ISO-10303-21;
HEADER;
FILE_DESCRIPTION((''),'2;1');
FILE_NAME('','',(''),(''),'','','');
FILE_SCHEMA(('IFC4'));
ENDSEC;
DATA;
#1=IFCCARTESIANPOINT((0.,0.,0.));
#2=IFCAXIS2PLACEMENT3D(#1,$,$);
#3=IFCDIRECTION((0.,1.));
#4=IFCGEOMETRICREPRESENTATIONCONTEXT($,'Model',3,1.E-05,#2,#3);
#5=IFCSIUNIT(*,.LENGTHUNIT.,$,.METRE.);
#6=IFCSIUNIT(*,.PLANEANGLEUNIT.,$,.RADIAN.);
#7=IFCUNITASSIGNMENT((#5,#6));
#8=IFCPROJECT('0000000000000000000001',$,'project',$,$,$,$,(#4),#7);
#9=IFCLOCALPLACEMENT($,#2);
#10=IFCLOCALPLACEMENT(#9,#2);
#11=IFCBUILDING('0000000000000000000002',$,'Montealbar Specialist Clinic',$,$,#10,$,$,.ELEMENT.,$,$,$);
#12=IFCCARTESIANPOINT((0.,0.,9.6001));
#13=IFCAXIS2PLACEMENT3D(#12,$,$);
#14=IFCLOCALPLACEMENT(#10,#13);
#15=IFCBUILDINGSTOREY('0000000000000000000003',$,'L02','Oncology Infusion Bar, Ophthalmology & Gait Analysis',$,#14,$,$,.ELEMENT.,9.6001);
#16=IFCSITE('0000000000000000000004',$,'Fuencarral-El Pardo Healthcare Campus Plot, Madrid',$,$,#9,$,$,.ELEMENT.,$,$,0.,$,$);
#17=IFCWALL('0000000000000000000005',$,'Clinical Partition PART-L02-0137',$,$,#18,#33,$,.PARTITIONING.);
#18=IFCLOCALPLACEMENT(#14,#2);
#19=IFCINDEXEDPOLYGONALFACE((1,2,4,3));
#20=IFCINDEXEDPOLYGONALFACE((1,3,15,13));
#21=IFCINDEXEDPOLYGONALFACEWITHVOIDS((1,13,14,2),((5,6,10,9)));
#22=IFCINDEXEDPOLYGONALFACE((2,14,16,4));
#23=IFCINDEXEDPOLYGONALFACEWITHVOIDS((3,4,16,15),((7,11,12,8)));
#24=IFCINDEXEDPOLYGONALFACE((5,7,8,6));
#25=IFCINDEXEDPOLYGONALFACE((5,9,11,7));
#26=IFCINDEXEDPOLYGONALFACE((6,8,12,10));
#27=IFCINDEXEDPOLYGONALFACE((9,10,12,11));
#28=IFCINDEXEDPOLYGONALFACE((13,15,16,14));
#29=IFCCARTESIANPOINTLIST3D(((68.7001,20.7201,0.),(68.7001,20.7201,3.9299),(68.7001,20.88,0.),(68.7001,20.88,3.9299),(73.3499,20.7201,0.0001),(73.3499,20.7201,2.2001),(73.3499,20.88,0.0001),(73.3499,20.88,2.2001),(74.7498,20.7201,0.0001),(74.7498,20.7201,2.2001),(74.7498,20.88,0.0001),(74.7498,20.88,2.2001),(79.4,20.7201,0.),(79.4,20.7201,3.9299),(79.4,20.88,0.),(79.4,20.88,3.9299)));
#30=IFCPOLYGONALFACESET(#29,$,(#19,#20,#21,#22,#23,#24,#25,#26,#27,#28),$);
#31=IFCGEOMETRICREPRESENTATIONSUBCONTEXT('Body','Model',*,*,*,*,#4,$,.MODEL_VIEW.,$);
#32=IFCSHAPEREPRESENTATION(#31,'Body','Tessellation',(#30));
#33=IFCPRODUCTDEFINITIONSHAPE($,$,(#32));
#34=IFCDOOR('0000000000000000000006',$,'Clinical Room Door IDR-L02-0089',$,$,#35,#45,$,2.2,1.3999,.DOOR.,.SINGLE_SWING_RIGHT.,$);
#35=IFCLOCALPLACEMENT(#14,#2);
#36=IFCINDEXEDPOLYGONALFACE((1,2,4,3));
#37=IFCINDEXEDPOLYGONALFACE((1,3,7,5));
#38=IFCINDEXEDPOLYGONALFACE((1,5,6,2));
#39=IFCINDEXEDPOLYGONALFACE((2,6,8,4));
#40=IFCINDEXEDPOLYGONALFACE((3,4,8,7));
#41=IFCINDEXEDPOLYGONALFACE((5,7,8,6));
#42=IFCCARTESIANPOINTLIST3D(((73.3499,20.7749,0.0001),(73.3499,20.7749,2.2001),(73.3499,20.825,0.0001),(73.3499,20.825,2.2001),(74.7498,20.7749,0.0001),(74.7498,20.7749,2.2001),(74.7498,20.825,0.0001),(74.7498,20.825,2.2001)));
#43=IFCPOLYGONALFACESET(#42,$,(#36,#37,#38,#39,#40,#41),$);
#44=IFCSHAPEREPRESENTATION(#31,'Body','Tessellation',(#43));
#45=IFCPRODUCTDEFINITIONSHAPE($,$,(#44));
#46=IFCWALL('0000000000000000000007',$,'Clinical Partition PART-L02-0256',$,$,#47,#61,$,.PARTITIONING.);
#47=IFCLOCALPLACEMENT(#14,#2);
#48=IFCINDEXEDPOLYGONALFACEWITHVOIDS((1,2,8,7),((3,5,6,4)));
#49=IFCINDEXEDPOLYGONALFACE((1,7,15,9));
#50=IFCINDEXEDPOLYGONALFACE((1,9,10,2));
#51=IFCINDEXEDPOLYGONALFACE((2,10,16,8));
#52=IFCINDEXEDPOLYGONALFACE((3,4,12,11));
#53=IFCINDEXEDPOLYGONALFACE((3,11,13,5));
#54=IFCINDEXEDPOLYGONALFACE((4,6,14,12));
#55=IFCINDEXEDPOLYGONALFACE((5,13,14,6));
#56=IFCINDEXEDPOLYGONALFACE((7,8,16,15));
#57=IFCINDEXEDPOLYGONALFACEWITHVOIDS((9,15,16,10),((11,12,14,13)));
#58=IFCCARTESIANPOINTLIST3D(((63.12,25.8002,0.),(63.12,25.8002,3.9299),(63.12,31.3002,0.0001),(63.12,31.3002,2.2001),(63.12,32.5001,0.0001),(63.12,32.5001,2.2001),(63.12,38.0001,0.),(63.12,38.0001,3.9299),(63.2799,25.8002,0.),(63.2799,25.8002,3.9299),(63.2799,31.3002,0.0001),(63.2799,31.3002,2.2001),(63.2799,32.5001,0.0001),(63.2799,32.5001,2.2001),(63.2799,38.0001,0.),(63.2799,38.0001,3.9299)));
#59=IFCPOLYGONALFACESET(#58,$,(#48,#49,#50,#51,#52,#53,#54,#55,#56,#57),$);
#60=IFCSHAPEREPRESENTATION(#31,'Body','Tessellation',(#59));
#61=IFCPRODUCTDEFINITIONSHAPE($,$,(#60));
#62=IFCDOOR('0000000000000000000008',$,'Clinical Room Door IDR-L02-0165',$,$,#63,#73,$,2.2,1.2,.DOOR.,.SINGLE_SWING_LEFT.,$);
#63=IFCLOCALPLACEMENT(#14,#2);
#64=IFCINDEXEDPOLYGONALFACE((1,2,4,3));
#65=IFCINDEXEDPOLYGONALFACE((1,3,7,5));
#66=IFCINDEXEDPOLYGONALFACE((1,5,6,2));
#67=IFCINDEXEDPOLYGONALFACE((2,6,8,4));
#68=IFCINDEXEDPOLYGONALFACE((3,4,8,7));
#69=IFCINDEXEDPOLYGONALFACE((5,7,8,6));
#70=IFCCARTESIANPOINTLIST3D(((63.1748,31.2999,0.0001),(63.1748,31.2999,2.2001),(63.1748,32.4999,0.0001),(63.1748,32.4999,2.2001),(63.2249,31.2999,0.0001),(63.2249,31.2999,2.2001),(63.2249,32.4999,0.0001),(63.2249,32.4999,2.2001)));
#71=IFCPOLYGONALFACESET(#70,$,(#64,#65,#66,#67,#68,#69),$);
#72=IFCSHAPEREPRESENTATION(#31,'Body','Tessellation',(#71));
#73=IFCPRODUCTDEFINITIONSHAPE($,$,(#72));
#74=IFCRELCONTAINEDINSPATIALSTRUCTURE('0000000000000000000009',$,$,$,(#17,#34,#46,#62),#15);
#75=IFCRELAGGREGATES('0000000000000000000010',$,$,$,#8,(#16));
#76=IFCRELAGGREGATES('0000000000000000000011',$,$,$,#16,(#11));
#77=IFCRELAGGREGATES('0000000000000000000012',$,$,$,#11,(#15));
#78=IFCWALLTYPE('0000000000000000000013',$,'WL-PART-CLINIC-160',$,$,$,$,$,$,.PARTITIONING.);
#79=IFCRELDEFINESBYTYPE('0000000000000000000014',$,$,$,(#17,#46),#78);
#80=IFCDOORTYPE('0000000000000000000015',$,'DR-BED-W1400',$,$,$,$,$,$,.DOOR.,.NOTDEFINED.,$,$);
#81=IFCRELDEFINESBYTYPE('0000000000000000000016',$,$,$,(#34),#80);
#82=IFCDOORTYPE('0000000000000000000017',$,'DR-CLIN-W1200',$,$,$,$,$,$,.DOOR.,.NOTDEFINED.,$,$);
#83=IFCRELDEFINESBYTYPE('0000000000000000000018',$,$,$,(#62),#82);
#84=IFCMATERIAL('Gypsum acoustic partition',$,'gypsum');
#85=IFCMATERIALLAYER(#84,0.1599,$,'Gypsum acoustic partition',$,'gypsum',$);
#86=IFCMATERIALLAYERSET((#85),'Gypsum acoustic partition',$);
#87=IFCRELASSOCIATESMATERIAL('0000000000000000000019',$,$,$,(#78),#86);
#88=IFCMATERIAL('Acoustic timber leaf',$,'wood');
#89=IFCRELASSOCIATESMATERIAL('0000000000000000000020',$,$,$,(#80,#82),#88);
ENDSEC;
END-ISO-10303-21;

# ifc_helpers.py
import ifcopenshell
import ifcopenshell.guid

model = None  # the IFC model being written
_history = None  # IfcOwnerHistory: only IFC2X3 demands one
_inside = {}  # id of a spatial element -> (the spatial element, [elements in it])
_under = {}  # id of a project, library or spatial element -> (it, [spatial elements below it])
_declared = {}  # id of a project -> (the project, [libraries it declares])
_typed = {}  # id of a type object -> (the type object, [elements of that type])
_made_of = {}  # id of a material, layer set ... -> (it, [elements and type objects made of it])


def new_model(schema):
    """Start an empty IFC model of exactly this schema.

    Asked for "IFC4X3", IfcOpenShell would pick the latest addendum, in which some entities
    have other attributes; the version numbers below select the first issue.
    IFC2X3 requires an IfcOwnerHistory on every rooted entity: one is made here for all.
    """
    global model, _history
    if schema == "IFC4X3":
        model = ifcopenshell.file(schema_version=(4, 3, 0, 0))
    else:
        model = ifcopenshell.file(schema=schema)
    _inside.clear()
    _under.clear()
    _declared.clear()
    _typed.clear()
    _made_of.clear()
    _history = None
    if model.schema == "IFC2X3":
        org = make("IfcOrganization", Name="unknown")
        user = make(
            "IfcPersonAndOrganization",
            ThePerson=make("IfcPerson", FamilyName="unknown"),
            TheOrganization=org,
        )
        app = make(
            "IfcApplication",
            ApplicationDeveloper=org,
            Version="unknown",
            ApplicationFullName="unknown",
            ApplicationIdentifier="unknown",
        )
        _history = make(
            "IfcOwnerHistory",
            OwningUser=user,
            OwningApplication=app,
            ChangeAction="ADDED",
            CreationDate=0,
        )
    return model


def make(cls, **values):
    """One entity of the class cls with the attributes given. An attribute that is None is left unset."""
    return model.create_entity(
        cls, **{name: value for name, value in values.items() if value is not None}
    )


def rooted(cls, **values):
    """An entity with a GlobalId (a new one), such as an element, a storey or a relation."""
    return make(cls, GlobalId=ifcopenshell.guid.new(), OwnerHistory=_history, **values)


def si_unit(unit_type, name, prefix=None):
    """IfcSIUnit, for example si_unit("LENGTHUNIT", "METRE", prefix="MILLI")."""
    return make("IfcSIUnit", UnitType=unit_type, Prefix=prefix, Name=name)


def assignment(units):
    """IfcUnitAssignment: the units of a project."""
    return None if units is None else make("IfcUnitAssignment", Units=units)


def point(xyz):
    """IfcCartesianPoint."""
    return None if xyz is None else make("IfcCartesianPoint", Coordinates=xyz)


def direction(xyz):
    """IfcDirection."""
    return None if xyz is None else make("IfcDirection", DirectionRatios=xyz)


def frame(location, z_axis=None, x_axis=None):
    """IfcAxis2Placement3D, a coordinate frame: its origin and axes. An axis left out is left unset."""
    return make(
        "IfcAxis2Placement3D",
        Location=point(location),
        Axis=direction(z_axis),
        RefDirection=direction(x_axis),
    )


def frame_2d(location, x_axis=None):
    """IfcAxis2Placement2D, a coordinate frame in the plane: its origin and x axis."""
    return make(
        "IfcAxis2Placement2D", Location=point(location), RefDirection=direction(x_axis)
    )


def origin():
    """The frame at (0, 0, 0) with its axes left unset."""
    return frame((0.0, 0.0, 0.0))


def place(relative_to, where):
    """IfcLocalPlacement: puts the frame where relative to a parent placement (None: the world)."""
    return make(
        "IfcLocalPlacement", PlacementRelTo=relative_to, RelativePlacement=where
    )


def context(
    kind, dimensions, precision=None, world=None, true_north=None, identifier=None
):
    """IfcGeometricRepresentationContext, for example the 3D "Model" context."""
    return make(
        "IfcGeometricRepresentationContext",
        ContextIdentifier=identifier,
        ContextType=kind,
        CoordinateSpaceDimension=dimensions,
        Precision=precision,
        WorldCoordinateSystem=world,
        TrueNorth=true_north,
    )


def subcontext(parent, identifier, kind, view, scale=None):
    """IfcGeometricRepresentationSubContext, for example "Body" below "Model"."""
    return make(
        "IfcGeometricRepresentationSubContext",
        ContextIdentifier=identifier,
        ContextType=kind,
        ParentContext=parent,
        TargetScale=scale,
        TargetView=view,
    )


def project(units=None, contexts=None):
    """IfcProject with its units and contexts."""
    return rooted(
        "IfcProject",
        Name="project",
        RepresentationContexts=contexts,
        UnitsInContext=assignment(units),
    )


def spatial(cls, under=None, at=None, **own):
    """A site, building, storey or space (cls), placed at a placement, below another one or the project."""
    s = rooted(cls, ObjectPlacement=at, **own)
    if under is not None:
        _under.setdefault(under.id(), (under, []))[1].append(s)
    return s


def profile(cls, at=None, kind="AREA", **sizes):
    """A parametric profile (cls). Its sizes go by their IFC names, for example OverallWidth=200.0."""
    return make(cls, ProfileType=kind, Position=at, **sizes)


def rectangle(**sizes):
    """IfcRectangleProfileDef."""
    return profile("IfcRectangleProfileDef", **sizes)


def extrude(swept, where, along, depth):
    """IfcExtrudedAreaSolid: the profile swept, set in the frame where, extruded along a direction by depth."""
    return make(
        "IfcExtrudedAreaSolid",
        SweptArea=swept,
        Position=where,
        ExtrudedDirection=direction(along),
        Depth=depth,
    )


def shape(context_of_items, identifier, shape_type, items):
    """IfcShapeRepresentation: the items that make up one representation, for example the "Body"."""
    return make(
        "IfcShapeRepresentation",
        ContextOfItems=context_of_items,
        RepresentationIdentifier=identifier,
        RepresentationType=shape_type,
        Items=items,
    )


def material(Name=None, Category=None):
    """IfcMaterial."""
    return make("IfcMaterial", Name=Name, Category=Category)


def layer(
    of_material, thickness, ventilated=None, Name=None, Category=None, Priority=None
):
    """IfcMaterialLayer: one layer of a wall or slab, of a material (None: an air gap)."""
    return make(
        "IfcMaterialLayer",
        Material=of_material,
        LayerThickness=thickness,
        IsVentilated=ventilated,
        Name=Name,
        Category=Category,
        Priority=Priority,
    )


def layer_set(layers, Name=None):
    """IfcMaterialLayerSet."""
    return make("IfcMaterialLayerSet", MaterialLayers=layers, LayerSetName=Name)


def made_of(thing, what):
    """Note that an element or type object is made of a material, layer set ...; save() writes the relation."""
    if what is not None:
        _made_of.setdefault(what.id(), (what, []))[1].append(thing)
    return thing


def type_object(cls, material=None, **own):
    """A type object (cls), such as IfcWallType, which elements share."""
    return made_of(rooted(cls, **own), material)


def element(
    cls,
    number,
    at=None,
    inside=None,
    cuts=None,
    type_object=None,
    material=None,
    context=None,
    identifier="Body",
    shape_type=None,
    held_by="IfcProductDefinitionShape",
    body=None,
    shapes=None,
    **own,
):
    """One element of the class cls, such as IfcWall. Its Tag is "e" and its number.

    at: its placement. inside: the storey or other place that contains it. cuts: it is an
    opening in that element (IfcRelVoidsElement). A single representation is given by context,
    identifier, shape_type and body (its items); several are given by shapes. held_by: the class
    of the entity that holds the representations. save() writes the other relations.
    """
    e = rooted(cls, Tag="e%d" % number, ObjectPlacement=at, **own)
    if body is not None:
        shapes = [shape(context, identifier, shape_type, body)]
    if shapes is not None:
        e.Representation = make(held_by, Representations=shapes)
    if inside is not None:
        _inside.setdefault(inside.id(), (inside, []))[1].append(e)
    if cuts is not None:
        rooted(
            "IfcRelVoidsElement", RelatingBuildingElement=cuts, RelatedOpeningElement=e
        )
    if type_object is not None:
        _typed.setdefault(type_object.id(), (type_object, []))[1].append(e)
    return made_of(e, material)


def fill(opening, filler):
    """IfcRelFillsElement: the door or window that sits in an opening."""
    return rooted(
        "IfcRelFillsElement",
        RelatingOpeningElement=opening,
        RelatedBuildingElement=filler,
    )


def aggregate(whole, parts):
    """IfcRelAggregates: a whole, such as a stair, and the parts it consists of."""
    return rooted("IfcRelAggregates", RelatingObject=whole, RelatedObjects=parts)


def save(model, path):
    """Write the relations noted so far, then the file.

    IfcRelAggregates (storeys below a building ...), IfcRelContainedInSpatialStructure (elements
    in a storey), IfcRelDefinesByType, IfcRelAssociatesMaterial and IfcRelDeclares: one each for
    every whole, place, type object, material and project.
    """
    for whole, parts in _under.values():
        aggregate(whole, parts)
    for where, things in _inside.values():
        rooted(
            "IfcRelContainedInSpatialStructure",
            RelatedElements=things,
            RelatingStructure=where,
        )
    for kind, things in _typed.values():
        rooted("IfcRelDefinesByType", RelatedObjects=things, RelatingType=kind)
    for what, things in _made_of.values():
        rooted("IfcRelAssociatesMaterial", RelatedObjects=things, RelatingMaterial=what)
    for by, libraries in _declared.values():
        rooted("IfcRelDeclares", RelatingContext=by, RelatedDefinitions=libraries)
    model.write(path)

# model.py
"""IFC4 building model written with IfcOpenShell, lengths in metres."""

from ifc_helpers import new_model, si_unit, direction, frame, frame_2d, origin, place, context, subcontext, project, spatial, rectangle, extrude, material, layer, layer_set, type_object, element, fill, save


model = new_model("IFC4")

# Units and contexts
model_context = context("Model", 3, precision=1e-05, world=origin(), true_north=direction((0.0, 1.0)))
body_context = subcontext(model_context, "Body", "Model", "MODEL_VIEW")
ifc_project = project(units=[si_unit("LENGTHUNIT", "METRE"), si_unit("PLANEANGLEUNIT", "RADIAN")], contexts=[model_context])

# Site, building, storey
site_placement = place(None, origin())
site = spatial("IfcSite", under=ifc_project, at=site_placement, Name="Fuencarral-El Pardo Healthcare Campus Plot, Madrid", CompositionType="ELEMENT", RefElevation=0.0)
building_placement = place(site_placement, origin())
building = spatial("IfcBuilding", under=site, at=building_placement, Name="Montealbar Specialist Clinic", CompositionType="ELEMENT")
storey_placement = place(building_placement, frame((0.0, 0.0, 9.6001)))
storey = spatial("IfcBuildingStorey", under=building, at=storey_placement, Name="L02", Description="Oncology Infusion Bar, Ophthalmology & Gait Analysis", CompositionType="ELEMENT", Elevation=9.6001)

# Walls, openings, doors
ifc_material_1 = material(Name="Gypsum acoustic partition", Category="gypsum")
ifc_layer = layer(ifc_material_1, 0.1599, Name="Gypsum acoustic partition", Category="gypsum")
ifc_layer_set = layer_set([ifc_layer], Name="Gypsum acoustic partition")
wall_type = type_object("IfcWallType", Name="WL-PART-CLINIC-160", PredefinedType="PARTITIONING", material=ifc_layer_set)
wall_1_placement = place(storey_placement, frame((68.7, 20.8, 0.0), z_axis=(0.0, 0.0, 1.0), x_axis=(1.0, 0.0, 0.0)))
wall_1 = element("IfcWall", 1, at=wall_1_placement, inside=storey, type_object=wall_type, Name="Clinical Partition PART-L02-0137", PredefinedType="PARTITIONING", context=body_context, shape_type="SweptSolid", body=[
    extrude(rectangle(XDim=10.7, YDim=0.1599, at=frame_2d((5.3501, 0.0))), origin(), (0.0, 0.0, 1.0), 3.9299),
])
opening_1_placement = place(wall_1_placement, frame((4.6499, 0.0, 0.0)))
opening_1 = element("IfcOpeningElement", 2, at=opening_1_placement, cuts=wall_1, PredefinedType="OPENING", context=body_context, shape_type="SweptSolid", body=[
    extrude(rectangle(XDim=1.3999, YDim=2.2, at=frame_2d((0.7, 1.1001))), frame((0.0, 0.0898, 0.0), z_axis=(0.0, -1.0, 0.0), x_axis=(1.0, 0.0, 0.0)), (0.0, 0.0, 1.0), 0.1799),
])
ifc_material_2 = material(Name="Acoustic timber leaf", Category="wood")
door_type_1 = type_object("IfcDoorType", Name="DR-BED-W1400", OperationType="NOTDEFINED", PredefinedType="DOOR", material=ifc_material_2)
door_1_placement = place(opening_1_placement, origin())
door_1 = element("IfcDoor", 3, at=door_1_placement, inside=storey, type_object=door_type_1, Name="Clinical Room Door IDR-L02-0089", OperationType="SINGLE_SWING_RIGHT", OverallHeight=2.2, OverallWidth=1.3999, PredefinedType="DOOR", context=body_context, shape_type="SweptSolid", body=[
    extrude(rectangle(XDim=1.3999, YDim=2.2, at=frame_2d((0.7, 1.1001))), frame((0.0, 0.0249, 0.0), z_axis=(0.0, -1.0, 0.0), x_axis=(1.0, 0.0, 0.0)), (0.0, 0.0, 1.0), 0.05),
])
fill(opening_1, door_1)
wall_2_placement = place(storey_placement, frame((63.2, 25.8, 0.0), z_axis=(0.0, 0.0, 1.0), x_axis=(0.0, 1.0, 0.0)))
wall_2 = element("IfcWall", 4, at=wall_2_placement, inside=storey, type_object=wall_type, Name="Clinical Partition PART-L02-0256", PredefinedType="PARTITIONING", context=body_context, shape_type="SweptSolid", body=[
    extrude(rectangle(XDim=12.2, YDim=0.1599, at=frame_2d((6.1001, 0.0))), origin(), (0.0, 0.0, 1.0), 3.9299),
])
opening_2_placement = place(wall_2_placement, frame((5.5, 0.0, 0.0)))
opening_2 = element("IfcOpeningElement", 5, at=opening_2_placement, cuts=wall_2, PredefinedType="OPENING", context=body_context, shape_type="SweptSolid", body=[
    extrude(rectangle(XDim=1.2, YDim=2.2, at=frame_2d((0.6001, 1.1001))), frame((0.0, 0.0898, 0.0), z_axis=(0.0, -1.0, 0.0), x_axis=(1.0, 0.0, 0.0)), (0.0, 0.0, 1.0), 0.1799),
])
door_type_2 = type_object("IfcDoorType", Name="DR-CLIN-W1200", OperationType="NOTDEFINED", PredefinedType="DOOR", material=ifc_material_2)
door_2_placement = place(opening_2_placement, frame((1.2, 0.0, 0.0), z_axis=(0.0, 0.0, 1.0), x_axis=(-1.0, 0.0, 0.0)))
door_2 = element("IfcDoor", 6, at=door_2_placement, inside=storey, type_object=door_type_2, Name="Clinical Room Door IDR-L02-0165", OperationType="SINGLE_SWING_LEFT", OverallHeight=2.2, OverallWidth=1.2, PredefinedType="DOOR", context=body_context, shape_type="SweptSolid", body=[
    extrude(rectangle(XDim=1.2, YDim=2.2, at=frame_2d((0.6001, 1.1001))), frame((0.0, 0.0249, 0.0), z_axis=(0.0, -1.0, 0.0), x_axis=(1.0, 0.0, 0.0)), (0.0, 0.0, 1.0), 0.05),
])
fill(opening_2, door_2)

save(model, "model.ifc")
